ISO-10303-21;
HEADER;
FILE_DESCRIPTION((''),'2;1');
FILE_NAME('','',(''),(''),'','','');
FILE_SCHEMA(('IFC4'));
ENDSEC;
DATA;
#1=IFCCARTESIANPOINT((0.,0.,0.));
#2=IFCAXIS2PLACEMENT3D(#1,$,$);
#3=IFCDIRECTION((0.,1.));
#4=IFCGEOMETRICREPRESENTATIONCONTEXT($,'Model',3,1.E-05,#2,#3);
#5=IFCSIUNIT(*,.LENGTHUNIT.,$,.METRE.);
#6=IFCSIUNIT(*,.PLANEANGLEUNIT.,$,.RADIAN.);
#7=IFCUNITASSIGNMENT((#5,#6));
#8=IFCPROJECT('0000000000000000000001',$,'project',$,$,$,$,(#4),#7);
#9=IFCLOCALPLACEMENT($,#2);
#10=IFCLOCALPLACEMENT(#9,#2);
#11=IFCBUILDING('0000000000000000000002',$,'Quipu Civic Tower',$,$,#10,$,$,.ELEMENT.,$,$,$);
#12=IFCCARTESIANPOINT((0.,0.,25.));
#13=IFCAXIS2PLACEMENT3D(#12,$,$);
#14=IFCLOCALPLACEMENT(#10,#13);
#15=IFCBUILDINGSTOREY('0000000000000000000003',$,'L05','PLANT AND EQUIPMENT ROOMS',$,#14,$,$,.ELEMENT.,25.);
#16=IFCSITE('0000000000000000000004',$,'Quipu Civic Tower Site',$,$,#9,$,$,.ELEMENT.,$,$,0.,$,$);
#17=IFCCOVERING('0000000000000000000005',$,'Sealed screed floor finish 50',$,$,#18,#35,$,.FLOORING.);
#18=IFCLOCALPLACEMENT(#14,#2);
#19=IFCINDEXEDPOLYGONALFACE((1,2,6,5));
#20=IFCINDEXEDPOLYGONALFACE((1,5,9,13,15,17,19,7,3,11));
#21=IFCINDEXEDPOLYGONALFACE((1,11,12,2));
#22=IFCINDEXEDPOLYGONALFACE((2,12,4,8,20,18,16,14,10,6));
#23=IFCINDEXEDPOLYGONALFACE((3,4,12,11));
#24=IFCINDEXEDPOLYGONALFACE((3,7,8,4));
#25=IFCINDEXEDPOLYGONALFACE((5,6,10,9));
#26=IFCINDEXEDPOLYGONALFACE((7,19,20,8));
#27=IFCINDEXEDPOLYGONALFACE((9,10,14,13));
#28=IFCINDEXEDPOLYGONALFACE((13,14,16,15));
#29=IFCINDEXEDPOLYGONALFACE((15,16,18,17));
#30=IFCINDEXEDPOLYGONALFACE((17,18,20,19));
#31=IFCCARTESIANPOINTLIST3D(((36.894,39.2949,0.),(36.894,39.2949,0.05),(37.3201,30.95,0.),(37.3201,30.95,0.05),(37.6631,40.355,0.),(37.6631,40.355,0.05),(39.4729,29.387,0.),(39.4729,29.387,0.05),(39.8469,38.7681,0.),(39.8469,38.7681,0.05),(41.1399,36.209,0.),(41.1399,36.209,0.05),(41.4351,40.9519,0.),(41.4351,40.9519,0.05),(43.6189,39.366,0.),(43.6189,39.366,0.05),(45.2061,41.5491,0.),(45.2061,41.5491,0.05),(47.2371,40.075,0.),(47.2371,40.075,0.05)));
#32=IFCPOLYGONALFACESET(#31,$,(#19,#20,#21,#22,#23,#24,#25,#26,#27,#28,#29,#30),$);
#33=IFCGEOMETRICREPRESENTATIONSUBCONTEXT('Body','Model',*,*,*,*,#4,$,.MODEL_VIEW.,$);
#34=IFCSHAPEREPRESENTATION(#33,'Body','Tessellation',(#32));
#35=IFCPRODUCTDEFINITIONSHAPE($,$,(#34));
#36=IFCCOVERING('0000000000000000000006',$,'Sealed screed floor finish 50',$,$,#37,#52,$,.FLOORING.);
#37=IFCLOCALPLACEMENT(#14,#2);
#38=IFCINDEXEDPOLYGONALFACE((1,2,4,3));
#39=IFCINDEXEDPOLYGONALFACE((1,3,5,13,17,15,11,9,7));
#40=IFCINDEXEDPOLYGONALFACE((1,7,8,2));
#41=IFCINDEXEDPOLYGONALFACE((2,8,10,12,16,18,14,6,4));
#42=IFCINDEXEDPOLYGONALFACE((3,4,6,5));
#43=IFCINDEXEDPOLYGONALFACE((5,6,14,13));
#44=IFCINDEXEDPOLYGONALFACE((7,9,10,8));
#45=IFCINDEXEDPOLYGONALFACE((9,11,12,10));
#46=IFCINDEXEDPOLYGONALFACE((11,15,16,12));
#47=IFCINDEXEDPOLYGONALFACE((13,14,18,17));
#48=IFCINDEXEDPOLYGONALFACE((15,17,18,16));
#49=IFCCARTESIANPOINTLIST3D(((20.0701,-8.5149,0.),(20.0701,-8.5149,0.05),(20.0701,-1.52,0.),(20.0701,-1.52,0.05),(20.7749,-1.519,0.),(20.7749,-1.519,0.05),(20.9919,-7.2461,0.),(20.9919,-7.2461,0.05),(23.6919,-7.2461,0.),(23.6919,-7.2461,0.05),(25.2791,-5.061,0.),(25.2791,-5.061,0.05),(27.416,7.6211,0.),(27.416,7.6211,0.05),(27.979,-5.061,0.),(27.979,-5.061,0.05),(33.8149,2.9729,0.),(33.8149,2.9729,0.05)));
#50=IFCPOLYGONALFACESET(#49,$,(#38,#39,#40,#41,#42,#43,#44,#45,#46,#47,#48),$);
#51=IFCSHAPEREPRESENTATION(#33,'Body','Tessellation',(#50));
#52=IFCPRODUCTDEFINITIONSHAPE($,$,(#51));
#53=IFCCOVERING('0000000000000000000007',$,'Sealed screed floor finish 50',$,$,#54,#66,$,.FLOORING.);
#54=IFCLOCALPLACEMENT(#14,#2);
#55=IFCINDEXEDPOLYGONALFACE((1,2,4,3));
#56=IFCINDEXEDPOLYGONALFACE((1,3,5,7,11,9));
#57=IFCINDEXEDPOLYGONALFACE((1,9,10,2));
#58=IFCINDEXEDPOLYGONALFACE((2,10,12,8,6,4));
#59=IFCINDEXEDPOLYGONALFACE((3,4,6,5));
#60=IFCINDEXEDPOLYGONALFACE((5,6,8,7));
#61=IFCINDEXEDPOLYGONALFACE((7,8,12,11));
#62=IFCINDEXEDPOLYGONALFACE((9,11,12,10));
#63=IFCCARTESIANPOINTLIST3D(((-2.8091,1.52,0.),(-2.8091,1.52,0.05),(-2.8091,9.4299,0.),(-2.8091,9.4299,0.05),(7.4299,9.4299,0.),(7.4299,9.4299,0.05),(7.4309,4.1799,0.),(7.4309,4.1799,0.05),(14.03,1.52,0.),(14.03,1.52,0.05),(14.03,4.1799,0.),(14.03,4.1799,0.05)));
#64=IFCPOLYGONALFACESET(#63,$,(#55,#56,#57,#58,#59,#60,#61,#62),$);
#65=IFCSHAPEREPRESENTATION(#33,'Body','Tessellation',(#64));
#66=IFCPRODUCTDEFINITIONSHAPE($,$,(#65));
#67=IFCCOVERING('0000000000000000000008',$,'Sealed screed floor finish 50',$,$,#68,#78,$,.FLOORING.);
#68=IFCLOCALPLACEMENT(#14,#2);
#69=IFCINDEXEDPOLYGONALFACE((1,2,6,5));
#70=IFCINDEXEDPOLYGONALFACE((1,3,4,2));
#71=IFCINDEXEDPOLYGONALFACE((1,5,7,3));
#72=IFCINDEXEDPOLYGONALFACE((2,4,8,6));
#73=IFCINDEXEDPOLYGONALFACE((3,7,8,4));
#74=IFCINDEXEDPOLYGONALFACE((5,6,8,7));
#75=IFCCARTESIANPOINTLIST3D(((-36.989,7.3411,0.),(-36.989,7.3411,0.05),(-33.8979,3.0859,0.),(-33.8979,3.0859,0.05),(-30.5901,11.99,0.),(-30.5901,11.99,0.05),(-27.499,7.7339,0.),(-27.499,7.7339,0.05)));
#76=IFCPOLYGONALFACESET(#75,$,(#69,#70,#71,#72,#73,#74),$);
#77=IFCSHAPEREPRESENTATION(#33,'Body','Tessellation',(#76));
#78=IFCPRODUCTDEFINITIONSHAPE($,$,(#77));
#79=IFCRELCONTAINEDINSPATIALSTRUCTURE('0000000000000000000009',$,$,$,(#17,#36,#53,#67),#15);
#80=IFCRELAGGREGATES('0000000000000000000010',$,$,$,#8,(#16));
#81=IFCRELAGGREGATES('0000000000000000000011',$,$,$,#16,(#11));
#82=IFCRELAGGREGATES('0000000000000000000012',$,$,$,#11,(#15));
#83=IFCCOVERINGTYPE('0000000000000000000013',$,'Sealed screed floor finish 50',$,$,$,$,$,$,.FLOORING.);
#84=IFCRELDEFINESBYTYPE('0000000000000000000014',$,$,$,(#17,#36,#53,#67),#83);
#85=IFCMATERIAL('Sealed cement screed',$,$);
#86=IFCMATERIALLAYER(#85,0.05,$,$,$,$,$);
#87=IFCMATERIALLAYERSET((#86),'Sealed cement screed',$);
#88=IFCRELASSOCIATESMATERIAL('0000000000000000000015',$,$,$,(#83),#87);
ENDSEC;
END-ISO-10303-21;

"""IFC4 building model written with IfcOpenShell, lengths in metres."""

from ifc_helpers import new_model, si_unit, direction, frame, origin, place, context, subcontext, project, spatial, polyline, outline, extrude, material, layer, layer_set, type_object, element, save


model = new_model("IFC4")

# Units and contexts
model_context = context("Model", 3, precision=1e-05, world=origin(), true_north=direction((0.0, 1.0)))
body_context = subcontext(model_context, "Body", "Model", "MODEL_VIEW")
ifc_project = project(units=[si_unit("LENGTHUNIT", "METRE"), si_unit("PLANEANGLEUNIT", "RADIAN")], contexts=[model_context])

# Site, building, storey
site_placement = place(None, origin())
site = spatial("IfcSite", under=ifc_project, at=site_placement, Name="Quipu Civic Tower Site", CompositionType="ELEMENT", RefElevation=0.0)
building_placement = place(site_placement, origin())
building = spatial("IfcBuilding", under=site, at=building_placement, Name="Quipu Civic Tower", CompositionType="ELEMENT")
storey_placement = place(building_placement, frame((0.0, 0.0, 25.0)))
storey = spatial("IfcBuildingStorey", under=building, at=storey_placement, Name="L05", Description="PLANT AND EQUIPMENT ROOMS", CompositionType="ELEMENT", Elevation=25.0)

# Coverings
ifc_material_1 = material(Name="Sealed cement screed")
ifc_layer_1 = layer(ifc_material_1, 0.05)
ifc_layer_set_1 = layer_set([ifc_layer_1], Name="Sealed cement screed")
covering_type = type_object("IfcCoveringType", Name="Sealed screed floor finish 50", PredefinedType="FLOORING", material=ifc_layer_set_1)
covering_1_placement = place(storey_placement, origin())
element("IfcCovering", 1, at=covering_1_placement, inside=storey, type_object=covering_type, Name="Sealed screed floor finish 50", PredefinedType="FLOORING", context=body_context, shape_type="SweptSolid", body=[
    extrude(outline(polyline([(36.894, 39.2949), (37.6631, 40.355), (39.8469, 38.7681), (41.4351, 40.9519), (43.6189, 39.366), (45.2061, 41.5491), (47.2371, 40.075), (39.4729, 29.387), (37.3201, 30.95), (41.1399, 36.209), (36.894, 39.2949)])), origin(), (0.0, 0.0, 1.0), 0.05),
])
covering_2_placement = place(storey_placement, origin())
element("IfcCovering", 2, at=covering_2_placement, inside=storey, type_object=covering_type, Name="Sealed screed floor finish 50", PredefinedType="FLOORING", context=body_context, shape_type="SweptSolid", body=[
    extrude(outline(polyline([(20.0701, -8.5149), (20.0701, -1.52), (20.7749, -1.519), (27.416, 7.6211), (33.8149, 2.9729), (27.979, -5.061), (25.2791, -5.061), (23.6919, -7.2461), (20.9919, -7.2461), (20.0701, -8.5149)])), origin(), (0.0, 0.0, 1.0), 0.05),
])
covering_3_placement = place(storey_placement, origin())
element("IfcCovering", 3, at=covering_3_placement, inside=storey, type_object=covering_type, Name="Sealed screed floor finish 50", PredefinedType="FLOORING", context=body_context, shape_type="SweptSolid", body=[
    extrude(outline(polyline([(-2.8091, 1.52), (-2.8091, 9.4299), (7.4299, 9.4299), (7.4309, 4.1799), (14.03, 4.1799), (14.03, 1.52), (-2.8091, 1.52)])), origin(), (0.0, 0.0, 1.0), 0.05),
])
covering_4_placement = place(storey_placement, origin())
element("IfcCovering", 4, at=covering_4_placement, inside=storey, type_object=covering_type, Name="Sealed screed floor finish 50", PredefinedType="FLOORING", context=body_context, shape_type="SweptSolid", body=[
    extrude(outline(polyline([(-36.989, 7.3411), (-30.5901, 11.99), (-27.499, 7.7339), (-33.8979, 3.0859), (-36.989, 7.3411)])), origin(), (0.0, 0.0, 1.0), 0.05),
])

save(model, "model.ifc")
